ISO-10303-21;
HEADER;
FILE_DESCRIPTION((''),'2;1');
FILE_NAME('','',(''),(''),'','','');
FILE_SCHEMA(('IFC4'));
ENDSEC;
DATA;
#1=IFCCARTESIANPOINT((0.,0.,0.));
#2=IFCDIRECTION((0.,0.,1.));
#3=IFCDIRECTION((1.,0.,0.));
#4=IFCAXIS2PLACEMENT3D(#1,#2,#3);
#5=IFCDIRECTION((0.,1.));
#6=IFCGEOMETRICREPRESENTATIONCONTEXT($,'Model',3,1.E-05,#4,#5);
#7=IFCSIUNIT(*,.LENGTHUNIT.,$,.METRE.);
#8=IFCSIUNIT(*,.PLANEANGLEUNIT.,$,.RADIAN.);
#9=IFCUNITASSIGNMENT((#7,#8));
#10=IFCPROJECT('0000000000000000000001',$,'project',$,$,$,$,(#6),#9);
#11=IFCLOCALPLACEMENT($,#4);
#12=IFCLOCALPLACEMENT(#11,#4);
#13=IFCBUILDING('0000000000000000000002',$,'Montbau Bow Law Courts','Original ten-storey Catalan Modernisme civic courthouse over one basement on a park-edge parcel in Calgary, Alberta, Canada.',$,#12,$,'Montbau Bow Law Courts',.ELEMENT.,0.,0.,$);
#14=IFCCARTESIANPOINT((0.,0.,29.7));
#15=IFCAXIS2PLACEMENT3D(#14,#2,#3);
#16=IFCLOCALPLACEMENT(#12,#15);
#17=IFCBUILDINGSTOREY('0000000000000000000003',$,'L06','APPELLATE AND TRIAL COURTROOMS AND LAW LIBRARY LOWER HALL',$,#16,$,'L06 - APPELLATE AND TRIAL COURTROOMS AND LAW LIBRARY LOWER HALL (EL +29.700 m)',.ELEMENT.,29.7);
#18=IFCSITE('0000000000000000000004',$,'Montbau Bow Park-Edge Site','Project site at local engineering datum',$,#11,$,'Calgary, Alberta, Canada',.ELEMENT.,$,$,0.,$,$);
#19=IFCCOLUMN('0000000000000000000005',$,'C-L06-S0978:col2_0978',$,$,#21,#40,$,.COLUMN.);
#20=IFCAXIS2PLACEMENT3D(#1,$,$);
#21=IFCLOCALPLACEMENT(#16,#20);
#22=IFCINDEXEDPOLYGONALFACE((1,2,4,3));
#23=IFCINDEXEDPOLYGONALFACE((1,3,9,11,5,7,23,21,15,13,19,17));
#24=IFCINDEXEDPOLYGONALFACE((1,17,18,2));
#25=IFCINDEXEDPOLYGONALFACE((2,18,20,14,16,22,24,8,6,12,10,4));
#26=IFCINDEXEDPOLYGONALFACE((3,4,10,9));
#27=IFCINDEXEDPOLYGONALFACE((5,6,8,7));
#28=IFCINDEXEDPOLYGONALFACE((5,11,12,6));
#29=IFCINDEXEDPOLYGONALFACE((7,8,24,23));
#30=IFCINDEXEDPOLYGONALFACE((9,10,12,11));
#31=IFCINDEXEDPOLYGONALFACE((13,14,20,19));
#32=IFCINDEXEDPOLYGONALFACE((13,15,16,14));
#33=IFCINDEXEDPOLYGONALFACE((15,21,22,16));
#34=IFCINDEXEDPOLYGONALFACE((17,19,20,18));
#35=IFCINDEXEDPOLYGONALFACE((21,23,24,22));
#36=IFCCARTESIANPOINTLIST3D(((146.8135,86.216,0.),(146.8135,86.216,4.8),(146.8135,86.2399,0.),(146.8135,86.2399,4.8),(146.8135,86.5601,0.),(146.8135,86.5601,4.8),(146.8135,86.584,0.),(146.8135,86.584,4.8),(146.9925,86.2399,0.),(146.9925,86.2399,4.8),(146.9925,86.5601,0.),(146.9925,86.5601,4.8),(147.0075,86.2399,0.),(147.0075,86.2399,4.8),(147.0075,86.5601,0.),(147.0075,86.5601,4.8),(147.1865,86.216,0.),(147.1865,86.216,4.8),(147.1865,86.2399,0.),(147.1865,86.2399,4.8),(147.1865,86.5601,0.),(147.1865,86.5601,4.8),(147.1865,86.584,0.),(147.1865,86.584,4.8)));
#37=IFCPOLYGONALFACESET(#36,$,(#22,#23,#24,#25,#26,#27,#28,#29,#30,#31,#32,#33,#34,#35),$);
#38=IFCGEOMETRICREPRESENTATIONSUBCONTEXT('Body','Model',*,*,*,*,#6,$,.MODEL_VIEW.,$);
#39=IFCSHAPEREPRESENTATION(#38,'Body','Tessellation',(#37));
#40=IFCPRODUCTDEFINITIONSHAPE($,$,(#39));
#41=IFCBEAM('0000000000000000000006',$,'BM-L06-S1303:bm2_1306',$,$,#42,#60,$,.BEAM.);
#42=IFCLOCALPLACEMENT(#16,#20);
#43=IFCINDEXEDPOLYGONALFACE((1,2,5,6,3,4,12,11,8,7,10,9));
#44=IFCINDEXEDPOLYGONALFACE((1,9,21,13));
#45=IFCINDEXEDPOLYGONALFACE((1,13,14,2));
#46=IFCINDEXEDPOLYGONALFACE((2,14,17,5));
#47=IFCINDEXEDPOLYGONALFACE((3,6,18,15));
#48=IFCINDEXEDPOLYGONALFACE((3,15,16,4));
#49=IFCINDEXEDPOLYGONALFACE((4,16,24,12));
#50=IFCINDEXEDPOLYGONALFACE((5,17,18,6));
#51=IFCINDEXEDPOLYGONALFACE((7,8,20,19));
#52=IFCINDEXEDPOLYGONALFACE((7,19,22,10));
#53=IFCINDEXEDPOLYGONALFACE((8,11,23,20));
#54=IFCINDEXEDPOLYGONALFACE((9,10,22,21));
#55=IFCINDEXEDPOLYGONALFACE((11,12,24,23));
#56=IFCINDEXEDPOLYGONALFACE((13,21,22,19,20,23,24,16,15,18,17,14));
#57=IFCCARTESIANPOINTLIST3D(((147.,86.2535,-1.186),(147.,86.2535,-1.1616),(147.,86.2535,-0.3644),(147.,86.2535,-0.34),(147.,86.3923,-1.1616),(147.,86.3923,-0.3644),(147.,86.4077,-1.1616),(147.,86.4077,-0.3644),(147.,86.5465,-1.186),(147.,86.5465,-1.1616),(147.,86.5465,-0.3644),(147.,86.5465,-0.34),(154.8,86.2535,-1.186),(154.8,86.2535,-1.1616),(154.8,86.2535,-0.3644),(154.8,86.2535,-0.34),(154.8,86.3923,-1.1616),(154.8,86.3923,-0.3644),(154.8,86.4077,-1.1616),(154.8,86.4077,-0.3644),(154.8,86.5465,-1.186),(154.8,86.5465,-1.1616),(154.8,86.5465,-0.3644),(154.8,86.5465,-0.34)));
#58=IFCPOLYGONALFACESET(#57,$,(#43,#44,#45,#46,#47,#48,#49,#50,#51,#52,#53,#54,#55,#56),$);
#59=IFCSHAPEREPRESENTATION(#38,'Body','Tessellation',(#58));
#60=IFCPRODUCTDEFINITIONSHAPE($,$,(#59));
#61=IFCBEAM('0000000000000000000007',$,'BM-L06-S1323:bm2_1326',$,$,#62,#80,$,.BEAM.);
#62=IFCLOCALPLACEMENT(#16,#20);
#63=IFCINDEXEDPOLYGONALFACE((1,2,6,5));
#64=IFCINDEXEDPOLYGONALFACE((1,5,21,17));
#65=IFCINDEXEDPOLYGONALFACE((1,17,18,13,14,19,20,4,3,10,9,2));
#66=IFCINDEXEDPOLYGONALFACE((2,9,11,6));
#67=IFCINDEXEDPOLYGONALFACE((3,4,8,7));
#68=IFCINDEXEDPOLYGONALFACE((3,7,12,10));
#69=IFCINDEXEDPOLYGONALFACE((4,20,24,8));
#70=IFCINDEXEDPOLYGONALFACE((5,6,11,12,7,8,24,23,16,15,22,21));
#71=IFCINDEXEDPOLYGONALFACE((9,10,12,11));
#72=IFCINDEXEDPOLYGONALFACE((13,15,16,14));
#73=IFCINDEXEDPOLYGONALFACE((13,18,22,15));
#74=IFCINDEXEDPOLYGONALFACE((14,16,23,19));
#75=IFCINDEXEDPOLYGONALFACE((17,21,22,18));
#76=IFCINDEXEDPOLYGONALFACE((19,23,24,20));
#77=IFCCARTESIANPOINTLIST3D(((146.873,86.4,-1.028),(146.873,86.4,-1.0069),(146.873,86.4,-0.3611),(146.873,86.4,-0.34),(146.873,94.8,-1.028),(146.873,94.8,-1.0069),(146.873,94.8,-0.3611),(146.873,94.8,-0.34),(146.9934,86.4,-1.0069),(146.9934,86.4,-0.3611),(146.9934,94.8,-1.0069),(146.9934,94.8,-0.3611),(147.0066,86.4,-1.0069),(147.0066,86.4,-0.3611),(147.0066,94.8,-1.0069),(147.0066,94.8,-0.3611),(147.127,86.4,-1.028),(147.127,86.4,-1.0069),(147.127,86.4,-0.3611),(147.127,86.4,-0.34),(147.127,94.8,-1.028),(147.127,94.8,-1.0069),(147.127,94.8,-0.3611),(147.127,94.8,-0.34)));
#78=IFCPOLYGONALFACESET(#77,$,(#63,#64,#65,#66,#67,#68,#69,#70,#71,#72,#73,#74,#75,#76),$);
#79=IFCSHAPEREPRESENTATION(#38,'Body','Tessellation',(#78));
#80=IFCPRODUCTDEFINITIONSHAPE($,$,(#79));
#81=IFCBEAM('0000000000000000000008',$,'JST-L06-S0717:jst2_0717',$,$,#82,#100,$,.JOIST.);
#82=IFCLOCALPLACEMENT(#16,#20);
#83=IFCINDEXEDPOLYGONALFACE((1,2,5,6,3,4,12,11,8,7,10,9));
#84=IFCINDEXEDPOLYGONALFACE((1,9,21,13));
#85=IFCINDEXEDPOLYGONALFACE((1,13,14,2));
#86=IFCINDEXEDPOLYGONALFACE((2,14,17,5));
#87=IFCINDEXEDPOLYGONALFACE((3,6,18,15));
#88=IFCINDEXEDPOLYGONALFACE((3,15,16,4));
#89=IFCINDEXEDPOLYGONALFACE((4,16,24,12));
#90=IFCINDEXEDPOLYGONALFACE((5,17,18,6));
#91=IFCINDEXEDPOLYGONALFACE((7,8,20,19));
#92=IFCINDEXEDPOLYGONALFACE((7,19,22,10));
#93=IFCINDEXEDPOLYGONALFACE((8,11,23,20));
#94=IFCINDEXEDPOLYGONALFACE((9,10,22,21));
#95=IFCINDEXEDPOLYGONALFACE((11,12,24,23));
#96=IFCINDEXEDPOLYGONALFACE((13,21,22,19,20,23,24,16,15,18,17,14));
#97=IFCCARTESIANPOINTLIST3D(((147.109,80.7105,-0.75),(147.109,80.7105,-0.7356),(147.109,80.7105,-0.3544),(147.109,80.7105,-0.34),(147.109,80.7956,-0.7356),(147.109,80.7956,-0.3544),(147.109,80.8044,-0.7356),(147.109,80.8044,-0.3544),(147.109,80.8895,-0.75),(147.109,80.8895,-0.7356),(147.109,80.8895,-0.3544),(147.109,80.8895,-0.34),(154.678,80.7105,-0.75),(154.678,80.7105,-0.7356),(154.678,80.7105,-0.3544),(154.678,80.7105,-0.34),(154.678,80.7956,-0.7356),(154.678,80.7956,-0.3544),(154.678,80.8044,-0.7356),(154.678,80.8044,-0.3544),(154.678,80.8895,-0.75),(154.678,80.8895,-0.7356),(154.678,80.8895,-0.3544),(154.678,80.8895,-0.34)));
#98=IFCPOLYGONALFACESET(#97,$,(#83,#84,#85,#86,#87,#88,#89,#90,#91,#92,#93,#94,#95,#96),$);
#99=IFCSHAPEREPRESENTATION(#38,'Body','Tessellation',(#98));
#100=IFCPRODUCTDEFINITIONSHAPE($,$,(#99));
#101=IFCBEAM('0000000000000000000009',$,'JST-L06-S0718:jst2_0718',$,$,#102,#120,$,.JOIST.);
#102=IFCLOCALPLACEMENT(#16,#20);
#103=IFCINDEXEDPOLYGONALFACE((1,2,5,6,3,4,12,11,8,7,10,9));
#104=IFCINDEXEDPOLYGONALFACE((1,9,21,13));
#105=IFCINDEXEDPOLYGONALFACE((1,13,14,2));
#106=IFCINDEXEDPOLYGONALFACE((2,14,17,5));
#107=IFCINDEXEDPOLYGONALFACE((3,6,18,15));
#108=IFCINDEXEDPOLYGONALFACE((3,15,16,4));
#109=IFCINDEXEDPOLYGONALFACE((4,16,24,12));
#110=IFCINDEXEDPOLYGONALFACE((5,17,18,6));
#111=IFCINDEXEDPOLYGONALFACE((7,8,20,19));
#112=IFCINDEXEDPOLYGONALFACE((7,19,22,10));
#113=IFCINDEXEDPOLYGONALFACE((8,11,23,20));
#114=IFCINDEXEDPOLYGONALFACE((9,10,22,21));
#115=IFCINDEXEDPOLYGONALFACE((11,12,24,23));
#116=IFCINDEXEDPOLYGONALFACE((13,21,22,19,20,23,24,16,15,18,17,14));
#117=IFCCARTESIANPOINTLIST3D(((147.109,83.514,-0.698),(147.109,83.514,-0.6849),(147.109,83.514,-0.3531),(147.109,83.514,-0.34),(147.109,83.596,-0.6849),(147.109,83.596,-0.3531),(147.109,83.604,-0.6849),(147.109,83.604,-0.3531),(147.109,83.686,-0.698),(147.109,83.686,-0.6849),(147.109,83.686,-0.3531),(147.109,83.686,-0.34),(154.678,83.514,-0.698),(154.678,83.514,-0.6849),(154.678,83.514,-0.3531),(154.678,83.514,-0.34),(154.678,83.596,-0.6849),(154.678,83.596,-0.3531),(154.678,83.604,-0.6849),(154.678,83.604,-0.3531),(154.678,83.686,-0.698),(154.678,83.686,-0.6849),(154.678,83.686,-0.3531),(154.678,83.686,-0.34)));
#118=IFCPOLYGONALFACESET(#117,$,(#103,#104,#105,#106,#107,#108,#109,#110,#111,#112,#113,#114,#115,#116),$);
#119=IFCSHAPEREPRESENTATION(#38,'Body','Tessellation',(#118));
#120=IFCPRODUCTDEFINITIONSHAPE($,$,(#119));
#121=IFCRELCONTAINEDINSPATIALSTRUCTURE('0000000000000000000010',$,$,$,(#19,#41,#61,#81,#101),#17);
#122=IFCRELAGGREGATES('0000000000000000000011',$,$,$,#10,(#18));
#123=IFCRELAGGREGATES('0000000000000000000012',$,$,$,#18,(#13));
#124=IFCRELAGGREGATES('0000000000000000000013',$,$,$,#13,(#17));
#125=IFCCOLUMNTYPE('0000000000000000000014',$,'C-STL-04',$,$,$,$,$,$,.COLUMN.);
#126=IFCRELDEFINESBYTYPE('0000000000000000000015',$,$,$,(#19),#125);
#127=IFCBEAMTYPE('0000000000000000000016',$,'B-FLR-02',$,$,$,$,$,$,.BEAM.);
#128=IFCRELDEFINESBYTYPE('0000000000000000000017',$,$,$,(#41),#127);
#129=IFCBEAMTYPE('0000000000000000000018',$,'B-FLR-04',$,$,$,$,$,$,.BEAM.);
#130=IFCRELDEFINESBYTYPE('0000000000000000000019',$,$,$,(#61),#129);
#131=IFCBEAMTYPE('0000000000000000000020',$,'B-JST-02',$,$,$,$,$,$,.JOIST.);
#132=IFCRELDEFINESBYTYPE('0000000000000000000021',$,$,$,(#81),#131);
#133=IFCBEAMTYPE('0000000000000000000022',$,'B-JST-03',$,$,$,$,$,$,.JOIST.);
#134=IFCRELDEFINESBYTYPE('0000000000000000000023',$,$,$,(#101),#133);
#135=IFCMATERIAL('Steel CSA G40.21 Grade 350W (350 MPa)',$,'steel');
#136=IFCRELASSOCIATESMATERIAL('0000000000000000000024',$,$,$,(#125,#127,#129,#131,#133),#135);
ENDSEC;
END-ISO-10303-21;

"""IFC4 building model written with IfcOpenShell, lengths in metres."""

from ifc_helpers import new_model, si_unit, direction, frame, origin_with_axes, origin_2d_with_axis, place, context, subcontext, project, spatial, i_section, extrude, material, material_profile, profile_set, type_object, element, save


model = new_model("IFC4")

# Units and contexts
model_context = context("Model", 3, precision=1e-05, world=origin_with_axes(), true_north=direction((0.0, 1.0)))
body_context = subcontext(model_context, "Body", "Model", "MODEL_VIEW")
ifc_project = project(units=[si_unit("LENGTHUNIT", "METRE"), si_unit("PLANEANGLEUNIT", "RADIAN")], contexts=[model_context])

# Site, building, storey
site_placement = place(None, origin_with_axes())
site = spatial("IfcSite", under=ifc_project, at=site_placement, Name="Montbau Bow Park-Edge Site", Description="Project site at local engineering datum", LongName="Calgary, Alberta, Canada", CompositionType="ELEMENT", RefElevation=0.0)
building_placement = place(site_placement, origin_with_axes())
building = spatial("IfcBuilding", under=site, at=building_placement, Name="Montbau Bow Law Courts", Description="Original ten-storey Catalan Modernisme civic courthouse over one basement on a park-edge parcel in Calgary, Alberta, Canada.", LongName="Montbau Bow Law Courts", CompositionType="ELEMENT", ElevationOfRefHeight=0.0, ElevationOfTerrain=0.0)
storey_placement = place(building_placement, frame((0.0, 0.0, 29.7), z_axis=(0.0, 0.0, 1.0), x_axis=(1.0, 0.0, 0.0)))
storey = spatial("IfcBuildingStorey", under=building, at=storey_placement, Name="L06", Description="APPELLATE AND TRIAL COURTROOMS AND LAW LIBRARY LOWER HALL", LongName="L06 - APPELLATE AND TRIAL COURTROOMS AND LAW LIBRARY LOWER HALL (EL +29.700 m)", CompositionType="ELEMENT", Elevation=29.7)

# Column
ifc_material_1 = material(Name="Steel CSA G40.21 Grade 350W (350 MPa)", Category="steel")
ifc_material_profile_1 = material_profile(ifc_material_1, i_section(OverallWidth=0.373, OverallDepth=0.368, WebThickness=0.015, FlangeThickness=0.0239, at=origin_2d_with_axis()), Name="W360X179", Category="Main", Priority=0)
ifc_profile_set_1 = profile_set([ifc_material_profile_1], Name="Steel CSA G40.21 Grade 350W (350 MPa)")
column_type = type_object("IfcColumnType", Name="C-STL-04", PredefinedType="COLUMN", material=ifc_profile_set_1)
column_placement = place(None, frame((147.0, 86.4, 29.7), z_axis=(0.0, 0.0, 1.0), x_axis=(1.0, 0.0, 0.0)))
element("IfcColumn", 1, at=column_placement, inside=storey, type_object=column_type, Name="C-L06-S0978:col2_0978", PredefinedType="COLUMN", context=body_context, shape_type="SweptSolid", body=[
    extrude(i_section(OverallWidth=0.373, OverallDepth=0.368, WebThickness=0.015, FlangeThickness=0.0239, at=origin_2d_with_axis()), origin_with_axes(), (0.0, 0.0, 1.0), 4.8),
])

# Beams
ifc_material_profile_2 = material_profile(ifc_material_1, i_section(OverallWidth=0.293, OverallDepth=0.846, WebThickness=0.0154, FlangeThickness=0.0244, at=origin_2d_with_axis()), Name="W840X210", Category="Main", Priority=0)
ifc_profile_set_2 = profile_set([ifc_material_profile_2], Name="Steel CSA G40.21 Grade 350W (350 MPa)")
beam_type_1 = type_object("IfcBeamType", Name="B-FLR-02", PredefinedType="BEAM", material=ifc_profile_set_2)
beam_1_placement = place(None, frame((147.0, 86.4, 28.937), z_axis=(1.0, 0.0, 0.0), x_axis=(0.0, 1.0, 0.0)))
element("IfcBeam", 2, at=beam_1_placement, inside=storey, type_object=beam_type_1, Name="BM-L06-S1303:bm2_1306", PredefinedType="BEAM", context=body_context, shape_type="SweptSolid", body=[
    extrude(i_section(OverallWidth=0.293, OverallDepth=0.846, WebThickness=0.0154, FlangeThickness=0.0244, at=origin_2d_with_axis()), origin_with_axes(), (0.0, 0.0, 1.0), 7.8),
])
ifc_material_profile_3 = material_profile(ifc_material_1, i_section(OverallWidth=0.254, OverallDepth=0.688, WebThickness=0.0131, FlangeThickness=0.0211, at=origin_2d_with_axis()), Name="W690X152", Category="Main", Priority=0)
ifc_profile_set_3 = profile_set([ifc_material_profile_3], Name="Steel CSA G40.21 Grade 350W (350 MPa)")
beam_type_2 = type_object("IfcBeamType", Name="B-FLR-04", PredefinedType="BEAM", material=ifc_profile_set_3)
beam_2_placement = place(None, frame((147.0, 86.4, 29.016), z_axis=(0.0, 1.0, 0.0), x_axis=(-1.0, 0.0, 0.0)))
element("IfcBeam", 3, at=beam_2_placement, inside=storey, type_object=beam_type_2, Name="BM-L06-S1323:bm2_1326", PredefinedType="BEAM", context=body_context, shape_type="SweptSolid", body=[
    extrude(i_section(OverallWidth=0.254, OverallDepth=0.688, WebThickness=0.0131, FlangeThickness=0.0211, at=origin_2d_with_axis()), origin_with_axes(), (0.0, 0.0, 1.0), 8.4),
])
ifc_material_profile_4 = material_profile(ifc_material_1, i_section(OverallWidth=0.179, OverallDepth=0.41, WebThickness=0.0088, FlangeThickness=0.0144, at=origin_2d_with_axis()), Name="W410X67", Category="Main", Priority=0)
ifc_profile_set_4 = profile_set([ifc_material_profile_4], Name="Steel CSA G40.21 Grade 350W (350 MPa)")
beam_type_3 = type_object("IfcBeamType", Name="B-JST-02", PredefinedType="JOIST", material=ifc_profile_set_4)
beam_3_placement = place(None, frame((147.109, 80.8, 29.155), z_axis=(1.0, 0.0, 0.0), x_axis=(0.0, 1.0, 0.0)))
element("IfcBeam", 4, at=beam_3_placement, inside=storey, type_object=beam_type_3, Name="JST-L06-S0717:jst2_0717", PredefinedType="JOIST", context=body_context, shape_type="SweptSolid", body=[
    extrude(i_section(OverallWidth=0.179, OverallDepth=0.41, WebThickness=0.0088, FlangeThickness=0.0144, at=origin_2d_with_axis()), origin_with_axes(), (0.0, 0.0, 1.0), 7.569),
])
ifc_material_profile_5 = material_profile(ifc_material_1, i_section(OverallWidth=0.172, OverallDepth=0.358, WebThickness=0.0079, FlangeThickness=0.0131, at=origin_2d_with_axis()), Name="W360X57", Category="Main", Priority=0)
ifc_profile_set_5 = profile_set([ifc_material_profile_5], Name="Steel CSA G40.21 Grade 350W (350 MPa)")
beam_type_4 = type_object("IfcBeamType", Name="B-JST-03", PredefinedType="JOIST", material=ifc_profile_set_5)
beam_4_placement = place(None, frame((147.109, 83.6, 29.181), z_axis=(1.0, 0.0, 0.0), x_axis=(0.0, 1.0, 0.0)))
element("IfcBeam", 5, at=beam_4_placement, inside=storey, type_object=beam_type_4, Name="JST-L06-S0718:jst2_0718", PredefinedType="JOIST", context=body_context, shape_type="SweptSolid", body=[
    extrude(i_section(OverallWidth=0.172, OverallDepth=0.358, WebThickness=0.0079, FlangeThickness=0.0131, at=origin_2d_with_axis()), origin_with_axes(), (0.0, 0.0, 1.0), 7.569),
])

save(model, "model.ifc")
